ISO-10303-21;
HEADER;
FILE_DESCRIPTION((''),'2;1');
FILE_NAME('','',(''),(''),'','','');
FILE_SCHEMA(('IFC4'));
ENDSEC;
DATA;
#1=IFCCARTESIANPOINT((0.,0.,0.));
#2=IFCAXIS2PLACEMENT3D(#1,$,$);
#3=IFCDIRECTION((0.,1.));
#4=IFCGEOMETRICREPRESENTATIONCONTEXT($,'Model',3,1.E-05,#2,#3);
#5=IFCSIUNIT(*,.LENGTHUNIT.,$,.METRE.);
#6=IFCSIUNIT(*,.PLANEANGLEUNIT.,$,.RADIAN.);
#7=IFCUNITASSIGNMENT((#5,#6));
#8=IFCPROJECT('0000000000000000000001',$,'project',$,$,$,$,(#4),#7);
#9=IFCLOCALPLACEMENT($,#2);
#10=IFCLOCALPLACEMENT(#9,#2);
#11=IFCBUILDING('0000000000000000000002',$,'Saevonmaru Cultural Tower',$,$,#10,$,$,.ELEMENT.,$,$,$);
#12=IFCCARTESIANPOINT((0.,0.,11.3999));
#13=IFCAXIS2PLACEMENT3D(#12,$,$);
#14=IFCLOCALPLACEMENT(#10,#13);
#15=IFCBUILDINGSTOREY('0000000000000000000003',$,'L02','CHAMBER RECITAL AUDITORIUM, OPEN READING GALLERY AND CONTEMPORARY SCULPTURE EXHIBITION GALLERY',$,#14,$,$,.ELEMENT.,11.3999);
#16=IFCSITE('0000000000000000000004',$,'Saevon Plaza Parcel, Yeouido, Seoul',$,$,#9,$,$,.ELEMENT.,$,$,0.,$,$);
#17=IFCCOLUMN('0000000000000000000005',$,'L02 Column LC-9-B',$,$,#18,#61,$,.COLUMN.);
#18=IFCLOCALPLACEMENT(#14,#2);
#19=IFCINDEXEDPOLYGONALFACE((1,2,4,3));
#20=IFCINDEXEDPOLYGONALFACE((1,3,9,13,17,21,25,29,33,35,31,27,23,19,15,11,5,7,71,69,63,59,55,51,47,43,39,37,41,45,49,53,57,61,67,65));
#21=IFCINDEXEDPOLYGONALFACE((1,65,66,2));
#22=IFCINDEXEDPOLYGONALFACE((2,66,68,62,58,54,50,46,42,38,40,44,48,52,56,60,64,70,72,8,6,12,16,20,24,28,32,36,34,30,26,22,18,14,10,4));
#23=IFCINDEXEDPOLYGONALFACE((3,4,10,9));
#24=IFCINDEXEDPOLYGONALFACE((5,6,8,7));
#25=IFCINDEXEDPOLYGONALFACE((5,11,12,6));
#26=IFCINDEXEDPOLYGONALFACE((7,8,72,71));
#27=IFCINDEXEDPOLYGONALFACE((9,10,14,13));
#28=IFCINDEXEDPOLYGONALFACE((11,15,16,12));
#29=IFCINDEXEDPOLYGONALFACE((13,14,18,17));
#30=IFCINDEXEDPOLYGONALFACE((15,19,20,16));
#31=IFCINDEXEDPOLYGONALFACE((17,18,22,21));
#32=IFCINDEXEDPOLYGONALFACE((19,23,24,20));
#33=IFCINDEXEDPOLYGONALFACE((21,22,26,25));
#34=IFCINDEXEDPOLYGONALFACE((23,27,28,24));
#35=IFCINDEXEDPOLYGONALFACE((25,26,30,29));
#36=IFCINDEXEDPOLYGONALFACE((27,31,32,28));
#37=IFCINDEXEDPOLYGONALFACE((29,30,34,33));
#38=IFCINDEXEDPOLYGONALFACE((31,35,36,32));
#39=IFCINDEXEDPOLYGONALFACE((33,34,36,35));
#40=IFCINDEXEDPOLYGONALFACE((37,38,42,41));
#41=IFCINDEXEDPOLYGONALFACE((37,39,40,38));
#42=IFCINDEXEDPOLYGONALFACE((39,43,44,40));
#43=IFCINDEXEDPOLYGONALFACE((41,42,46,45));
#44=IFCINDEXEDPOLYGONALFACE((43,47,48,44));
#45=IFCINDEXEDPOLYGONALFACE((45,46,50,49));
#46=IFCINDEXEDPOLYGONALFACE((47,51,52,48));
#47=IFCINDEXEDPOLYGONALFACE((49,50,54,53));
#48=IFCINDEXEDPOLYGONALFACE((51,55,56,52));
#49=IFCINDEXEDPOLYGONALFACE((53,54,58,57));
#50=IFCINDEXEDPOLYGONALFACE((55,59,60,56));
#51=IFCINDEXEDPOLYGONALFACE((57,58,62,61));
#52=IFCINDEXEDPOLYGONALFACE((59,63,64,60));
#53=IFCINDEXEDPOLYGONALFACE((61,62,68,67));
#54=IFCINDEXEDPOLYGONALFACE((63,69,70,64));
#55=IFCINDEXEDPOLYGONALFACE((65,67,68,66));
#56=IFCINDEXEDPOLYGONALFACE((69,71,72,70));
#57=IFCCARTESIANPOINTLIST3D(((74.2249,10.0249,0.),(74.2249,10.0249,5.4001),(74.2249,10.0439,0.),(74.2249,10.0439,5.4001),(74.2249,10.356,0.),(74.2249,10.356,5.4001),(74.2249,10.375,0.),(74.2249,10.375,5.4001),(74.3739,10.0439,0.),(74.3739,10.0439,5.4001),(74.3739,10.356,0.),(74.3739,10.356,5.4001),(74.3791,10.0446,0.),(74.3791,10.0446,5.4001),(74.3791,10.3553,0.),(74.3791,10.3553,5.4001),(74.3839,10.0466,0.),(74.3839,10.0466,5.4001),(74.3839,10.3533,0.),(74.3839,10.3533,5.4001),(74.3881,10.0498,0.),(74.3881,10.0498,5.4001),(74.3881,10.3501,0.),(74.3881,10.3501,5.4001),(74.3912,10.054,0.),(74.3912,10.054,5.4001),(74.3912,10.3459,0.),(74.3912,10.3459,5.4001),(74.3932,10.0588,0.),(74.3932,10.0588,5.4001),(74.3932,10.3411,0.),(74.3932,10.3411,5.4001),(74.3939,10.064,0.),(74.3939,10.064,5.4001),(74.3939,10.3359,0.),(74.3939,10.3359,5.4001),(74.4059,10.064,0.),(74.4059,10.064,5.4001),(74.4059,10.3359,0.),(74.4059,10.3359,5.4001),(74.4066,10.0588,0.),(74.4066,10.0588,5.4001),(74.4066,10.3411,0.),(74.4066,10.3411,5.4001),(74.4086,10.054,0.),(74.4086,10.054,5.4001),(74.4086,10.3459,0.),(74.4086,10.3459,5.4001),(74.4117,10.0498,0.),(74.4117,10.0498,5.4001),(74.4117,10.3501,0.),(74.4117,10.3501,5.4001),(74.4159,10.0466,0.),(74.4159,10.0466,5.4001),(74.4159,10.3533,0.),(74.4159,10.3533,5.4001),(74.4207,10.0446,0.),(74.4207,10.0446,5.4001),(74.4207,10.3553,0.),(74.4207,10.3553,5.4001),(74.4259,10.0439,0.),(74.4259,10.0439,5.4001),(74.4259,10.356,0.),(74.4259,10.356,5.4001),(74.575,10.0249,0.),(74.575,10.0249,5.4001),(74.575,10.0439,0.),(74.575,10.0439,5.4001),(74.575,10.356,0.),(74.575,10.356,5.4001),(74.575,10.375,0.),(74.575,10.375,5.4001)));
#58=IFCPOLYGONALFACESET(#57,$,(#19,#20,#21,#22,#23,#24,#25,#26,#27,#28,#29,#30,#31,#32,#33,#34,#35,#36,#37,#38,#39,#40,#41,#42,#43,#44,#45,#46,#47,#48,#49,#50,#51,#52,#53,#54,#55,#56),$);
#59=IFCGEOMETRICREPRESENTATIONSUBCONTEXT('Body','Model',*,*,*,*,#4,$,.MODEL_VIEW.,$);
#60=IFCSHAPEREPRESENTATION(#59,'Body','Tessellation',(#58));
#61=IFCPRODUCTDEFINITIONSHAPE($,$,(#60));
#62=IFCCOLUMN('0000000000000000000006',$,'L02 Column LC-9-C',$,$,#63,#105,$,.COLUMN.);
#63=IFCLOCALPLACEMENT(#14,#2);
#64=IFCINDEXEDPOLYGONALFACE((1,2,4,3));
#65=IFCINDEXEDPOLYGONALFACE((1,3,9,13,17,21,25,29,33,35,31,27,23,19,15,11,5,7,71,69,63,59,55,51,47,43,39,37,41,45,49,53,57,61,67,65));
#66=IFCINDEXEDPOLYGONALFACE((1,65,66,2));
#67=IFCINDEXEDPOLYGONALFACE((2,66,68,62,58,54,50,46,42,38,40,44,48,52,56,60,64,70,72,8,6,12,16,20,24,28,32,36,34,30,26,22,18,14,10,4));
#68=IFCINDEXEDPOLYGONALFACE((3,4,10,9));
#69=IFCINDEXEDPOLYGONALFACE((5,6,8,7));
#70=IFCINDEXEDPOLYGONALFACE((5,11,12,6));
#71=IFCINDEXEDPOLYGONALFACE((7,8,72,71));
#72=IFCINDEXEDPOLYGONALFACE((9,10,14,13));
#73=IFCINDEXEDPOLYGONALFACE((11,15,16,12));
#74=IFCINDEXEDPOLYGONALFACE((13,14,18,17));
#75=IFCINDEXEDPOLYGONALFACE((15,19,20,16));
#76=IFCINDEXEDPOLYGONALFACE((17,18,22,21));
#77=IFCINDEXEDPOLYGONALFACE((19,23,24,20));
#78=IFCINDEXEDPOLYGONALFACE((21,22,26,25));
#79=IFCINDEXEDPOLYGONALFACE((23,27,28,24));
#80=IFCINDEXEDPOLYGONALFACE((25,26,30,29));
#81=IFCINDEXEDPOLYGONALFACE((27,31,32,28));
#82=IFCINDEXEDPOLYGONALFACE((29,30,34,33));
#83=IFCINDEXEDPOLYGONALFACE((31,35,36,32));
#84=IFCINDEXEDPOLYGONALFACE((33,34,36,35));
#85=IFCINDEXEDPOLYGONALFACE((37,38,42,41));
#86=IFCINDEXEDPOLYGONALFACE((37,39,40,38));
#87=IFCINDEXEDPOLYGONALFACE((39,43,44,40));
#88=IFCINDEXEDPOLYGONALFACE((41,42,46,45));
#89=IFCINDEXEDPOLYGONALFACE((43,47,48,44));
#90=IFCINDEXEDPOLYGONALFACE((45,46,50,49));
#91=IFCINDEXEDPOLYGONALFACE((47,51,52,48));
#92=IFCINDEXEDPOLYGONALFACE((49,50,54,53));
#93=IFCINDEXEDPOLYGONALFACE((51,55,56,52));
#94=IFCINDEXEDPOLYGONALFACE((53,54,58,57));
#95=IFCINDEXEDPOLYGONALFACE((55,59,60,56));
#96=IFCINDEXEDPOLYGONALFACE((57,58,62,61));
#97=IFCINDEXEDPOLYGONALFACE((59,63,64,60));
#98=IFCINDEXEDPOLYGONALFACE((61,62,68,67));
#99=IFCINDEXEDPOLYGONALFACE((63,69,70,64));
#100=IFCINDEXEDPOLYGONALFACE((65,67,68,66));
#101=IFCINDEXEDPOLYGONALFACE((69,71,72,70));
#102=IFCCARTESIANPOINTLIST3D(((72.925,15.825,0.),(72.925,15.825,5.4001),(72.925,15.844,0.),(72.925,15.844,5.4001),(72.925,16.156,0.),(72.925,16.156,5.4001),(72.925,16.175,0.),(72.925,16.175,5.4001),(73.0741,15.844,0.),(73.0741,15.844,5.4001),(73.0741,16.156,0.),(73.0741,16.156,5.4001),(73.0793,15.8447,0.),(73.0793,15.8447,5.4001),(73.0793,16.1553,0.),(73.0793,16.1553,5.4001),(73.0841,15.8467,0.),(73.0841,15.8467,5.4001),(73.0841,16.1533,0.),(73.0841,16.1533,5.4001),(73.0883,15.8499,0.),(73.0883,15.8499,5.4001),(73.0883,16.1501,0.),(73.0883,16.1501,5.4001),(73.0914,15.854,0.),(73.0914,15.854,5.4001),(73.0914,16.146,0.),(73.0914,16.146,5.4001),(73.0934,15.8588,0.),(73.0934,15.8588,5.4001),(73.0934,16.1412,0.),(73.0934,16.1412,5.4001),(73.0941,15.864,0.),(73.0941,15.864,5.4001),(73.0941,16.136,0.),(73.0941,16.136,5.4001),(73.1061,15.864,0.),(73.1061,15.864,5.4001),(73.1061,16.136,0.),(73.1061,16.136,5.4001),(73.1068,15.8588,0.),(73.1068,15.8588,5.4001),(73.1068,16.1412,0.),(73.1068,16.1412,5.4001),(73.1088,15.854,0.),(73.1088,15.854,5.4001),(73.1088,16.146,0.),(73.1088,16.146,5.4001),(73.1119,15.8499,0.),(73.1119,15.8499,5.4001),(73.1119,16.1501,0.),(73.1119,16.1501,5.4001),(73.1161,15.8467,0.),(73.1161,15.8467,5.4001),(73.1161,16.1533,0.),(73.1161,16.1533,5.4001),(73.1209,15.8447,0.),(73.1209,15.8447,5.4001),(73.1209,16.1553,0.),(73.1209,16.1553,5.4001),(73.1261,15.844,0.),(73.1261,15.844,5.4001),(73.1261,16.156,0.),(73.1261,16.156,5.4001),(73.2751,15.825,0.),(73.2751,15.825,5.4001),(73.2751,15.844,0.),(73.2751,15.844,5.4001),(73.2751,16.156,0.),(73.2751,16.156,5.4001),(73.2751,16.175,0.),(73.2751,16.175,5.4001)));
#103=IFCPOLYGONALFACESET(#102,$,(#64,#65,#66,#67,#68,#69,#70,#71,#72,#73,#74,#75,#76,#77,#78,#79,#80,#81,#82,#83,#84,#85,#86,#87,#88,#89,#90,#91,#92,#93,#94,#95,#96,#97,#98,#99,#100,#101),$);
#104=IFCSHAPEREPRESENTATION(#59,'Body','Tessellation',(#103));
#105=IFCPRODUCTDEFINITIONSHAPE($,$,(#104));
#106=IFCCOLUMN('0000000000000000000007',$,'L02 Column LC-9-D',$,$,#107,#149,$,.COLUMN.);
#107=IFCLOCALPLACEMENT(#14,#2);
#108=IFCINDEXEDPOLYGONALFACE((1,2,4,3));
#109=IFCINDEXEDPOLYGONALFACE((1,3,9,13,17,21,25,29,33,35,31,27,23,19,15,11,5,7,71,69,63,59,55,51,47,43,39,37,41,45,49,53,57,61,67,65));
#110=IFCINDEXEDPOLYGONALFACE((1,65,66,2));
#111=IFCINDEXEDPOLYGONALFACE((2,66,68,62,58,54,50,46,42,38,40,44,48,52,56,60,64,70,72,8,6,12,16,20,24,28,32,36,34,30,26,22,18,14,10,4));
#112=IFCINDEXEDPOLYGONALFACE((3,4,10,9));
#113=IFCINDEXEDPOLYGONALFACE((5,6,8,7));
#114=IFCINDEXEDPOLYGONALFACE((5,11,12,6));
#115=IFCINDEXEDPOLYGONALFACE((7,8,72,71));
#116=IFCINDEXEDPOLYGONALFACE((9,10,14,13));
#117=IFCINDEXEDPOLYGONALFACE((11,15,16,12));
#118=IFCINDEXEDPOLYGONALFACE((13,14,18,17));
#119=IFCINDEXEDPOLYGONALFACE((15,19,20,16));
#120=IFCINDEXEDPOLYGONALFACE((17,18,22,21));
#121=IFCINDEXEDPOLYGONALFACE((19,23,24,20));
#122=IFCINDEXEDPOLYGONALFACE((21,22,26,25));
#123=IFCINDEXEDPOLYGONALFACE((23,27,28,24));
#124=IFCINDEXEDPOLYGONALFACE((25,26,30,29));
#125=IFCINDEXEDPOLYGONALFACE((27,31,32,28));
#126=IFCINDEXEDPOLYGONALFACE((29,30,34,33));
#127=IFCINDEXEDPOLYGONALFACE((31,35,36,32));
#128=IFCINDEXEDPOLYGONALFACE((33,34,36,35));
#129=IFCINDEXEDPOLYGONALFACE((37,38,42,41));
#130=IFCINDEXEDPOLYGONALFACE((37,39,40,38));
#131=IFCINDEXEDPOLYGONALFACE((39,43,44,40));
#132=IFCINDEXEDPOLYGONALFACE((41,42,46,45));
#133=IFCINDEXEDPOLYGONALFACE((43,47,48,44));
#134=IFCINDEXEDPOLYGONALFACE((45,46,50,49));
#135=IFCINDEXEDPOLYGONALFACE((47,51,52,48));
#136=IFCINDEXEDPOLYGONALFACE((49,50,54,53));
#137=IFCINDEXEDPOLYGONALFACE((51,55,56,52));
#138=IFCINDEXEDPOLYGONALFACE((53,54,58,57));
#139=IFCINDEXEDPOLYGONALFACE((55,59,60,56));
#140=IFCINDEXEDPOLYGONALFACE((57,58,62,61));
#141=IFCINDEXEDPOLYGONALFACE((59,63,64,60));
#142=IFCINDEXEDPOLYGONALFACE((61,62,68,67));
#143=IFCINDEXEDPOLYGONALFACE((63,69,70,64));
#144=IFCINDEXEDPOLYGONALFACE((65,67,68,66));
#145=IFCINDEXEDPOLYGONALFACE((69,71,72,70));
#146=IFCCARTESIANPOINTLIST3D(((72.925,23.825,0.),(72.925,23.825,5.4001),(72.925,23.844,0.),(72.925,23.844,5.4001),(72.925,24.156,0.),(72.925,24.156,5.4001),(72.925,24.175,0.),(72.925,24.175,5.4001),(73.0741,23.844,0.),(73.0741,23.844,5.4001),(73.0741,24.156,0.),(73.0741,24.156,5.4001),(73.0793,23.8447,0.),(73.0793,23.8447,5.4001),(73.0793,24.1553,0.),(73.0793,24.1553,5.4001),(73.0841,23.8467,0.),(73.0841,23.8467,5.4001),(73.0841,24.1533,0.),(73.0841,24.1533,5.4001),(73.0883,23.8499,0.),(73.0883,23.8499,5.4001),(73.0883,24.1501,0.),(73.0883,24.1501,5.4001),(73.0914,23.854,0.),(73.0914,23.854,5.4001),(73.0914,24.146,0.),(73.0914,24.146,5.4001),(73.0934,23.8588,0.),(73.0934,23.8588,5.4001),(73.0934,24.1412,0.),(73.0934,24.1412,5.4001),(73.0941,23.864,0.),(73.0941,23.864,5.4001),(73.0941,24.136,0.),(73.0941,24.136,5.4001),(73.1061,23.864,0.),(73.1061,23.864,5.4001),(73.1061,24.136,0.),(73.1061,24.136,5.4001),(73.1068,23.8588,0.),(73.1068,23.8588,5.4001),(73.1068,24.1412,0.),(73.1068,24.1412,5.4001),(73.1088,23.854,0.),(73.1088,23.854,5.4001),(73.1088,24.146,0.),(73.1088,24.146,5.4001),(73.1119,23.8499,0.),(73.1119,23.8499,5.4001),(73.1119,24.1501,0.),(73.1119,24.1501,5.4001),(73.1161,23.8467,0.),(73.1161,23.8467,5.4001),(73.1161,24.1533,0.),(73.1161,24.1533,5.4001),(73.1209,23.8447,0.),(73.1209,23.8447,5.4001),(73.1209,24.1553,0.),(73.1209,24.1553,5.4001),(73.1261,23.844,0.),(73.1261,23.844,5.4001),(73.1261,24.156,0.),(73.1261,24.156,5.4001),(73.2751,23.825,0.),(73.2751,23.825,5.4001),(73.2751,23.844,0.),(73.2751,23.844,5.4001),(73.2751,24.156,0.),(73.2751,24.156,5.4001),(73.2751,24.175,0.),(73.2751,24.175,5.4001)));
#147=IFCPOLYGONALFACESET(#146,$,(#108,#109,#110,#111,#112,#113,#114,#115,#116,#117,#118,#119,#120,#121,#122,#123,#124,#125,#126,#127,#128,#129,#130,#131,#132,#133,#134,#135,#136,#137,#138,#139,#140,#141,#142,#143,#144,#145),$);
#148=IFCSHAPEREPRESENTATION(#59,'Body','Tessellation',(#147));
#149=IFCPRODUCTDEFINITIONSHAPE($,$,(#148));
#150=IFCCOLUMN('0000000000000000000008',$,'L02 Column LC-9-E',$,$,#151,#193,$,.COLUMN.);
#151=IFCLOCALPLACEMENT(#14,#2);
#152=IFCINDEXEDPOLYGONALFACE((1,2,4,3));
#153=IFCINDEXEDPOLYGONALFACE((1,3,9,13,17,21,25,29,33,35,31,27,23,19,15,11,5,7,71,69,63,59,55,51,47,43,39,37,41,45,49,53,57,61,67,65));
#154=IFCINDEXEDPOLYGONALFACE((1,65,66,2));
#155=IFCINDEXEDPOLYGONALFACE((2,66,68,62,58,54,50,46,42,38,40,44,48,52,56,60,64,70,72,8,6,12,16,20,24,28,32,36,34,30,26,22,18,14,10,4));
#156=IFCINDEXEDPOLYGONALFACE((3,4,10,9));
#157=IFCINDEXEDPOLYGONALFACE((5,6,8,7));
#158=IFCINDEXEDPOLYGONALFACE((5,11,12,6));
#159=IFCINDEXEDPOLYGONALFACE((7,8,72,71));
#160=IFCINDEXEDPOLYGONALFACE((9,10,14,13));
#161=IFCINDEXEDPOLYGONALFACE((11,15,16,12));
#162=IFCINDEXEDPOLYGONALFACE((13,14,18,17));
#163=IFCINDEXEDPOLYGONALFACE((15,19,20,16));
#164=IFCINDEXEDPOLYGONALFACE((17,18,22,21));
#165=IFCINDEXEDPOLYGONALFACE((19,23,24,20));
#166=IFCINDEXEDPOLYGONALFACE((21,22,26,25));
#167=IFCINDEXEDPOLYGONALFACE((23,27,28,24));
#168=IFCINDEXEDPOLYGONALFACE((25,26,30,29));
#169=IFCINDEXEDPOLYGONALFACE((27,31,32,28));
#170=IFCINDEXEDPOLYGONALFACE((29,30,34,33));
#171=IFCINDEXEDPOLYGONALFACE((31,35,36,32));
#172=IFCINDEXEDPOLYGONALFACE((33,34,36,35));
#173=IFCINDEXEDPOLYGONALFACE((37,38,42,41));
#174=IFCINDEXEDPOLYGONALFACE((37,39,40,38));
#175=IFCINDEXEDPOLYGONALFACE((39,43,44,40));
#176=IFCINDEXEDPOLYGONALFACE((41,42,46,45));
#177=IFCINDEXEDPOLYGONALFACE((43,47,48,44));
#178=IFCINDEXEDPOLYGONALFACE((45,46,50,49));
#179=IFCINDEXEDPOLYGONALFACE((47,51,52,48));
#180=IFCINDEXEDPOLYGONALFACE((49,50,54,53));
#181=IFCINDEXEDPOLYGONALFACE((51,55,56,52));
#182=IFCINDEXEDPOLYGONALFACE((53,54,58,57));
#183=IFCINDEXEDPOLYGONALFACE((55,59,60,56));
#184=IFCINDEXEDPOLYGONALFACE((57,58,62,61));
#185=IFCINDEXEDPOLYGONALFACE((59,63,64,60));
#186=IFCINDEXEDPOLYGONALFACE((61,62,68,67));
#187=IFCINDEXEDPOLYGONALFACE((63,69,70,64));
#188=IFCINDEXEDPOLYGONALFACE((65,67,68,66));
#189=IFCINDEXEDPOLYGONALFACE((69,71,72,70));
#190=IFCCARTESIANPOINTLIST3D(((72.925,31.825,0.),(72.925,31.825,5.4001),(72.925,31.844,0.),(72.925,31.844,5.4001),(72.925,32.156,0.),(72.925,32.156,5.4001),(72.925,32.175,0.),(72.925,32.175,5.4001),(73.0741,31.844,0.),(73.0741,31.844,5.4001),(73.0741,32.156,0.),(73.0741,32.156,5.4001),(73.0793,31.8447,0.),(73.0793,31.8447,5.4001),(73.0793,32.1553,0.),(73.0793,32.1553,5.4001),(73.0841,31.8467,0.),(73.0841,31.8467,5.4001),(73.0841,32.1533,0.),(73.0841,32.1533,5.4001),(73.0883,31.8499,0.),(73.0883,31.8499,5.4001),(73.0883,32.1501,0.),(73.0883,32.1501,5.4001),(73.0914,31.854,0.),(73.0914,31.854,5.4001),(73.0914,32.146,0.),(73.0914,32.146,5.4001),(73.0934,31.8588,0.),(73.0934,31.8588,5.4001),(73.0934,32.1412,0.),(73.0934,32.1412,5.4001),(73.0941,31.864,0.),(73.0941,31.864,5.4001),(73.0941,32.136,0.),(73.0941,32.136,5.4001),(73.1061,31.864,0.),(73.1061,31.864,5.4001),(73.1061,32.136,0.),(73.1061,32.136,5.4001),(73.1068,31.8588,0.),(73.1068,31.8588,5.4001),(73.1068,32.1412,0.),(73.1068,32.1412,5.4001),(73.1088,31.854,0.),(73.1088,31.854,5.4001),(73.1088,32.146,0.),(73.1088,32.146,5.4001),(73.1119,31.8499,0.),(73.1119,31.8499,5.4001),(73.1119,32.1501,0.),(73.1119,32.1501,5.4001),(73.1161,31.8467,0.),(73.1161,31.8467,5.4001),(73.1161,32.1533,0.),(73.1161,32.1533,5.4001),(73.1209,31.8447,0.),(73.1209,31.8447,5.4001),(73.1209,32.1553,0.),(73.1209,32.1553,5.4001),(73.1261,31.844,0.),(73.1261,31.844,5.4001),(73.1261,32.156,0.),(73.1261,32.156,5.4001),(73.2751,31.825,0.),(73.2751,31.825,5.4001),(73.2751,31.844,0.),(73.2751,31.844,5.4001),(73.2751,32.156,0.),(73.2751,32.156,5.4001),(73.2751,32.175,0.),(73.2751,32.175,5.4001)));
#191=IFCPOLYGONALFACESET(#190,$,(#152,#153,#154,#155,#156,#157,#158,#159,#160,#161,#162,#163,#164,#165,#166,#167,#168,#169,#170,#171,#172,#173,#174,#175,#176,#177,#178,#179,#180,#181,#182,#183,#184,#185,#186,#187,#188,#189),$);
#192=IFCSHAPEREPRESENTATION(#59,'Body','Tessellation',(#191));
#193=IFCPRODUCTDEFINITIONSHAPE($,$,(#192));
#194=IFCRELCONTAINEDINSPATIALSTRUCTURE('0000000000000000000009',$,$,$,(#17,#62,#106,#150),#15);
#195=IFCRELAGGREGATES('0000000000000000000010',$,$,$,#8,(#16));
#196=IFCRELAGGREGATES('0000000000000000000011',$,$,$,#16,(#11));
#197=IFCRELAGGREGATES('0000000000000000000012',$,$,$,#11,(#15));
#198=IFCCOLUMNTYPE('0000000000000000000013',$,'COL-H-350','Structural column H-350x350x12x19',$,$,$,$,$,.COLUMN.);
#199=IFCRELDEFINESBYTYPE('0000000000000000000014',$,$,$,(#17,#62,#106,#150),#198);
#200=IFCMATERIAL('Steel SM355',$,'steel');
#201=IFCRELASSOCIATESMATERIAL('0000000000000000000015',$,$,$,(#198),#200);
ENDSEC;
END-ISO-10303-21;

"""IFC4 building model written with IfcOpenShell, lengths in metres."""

from ifc_helpers import new_model, si_unit, direction, frame, origin, origin_2d, place, context, subcontext, project, spatial, i_section, extrude, material, material_profile, profile_set, type_object, element, save


model = new_model("IFC4")

# Units and contexts
model_context = context("Model", 3, precision=1e-05, world=origin(), true_north=direction((0.0, 1.0)))
body_context = subcontext(model_context, "Body", "Model", "MODEL_VIEW")
ifc_project = project(units=[si_unit("LENGTHUNIT", "METRE"), si_unit("PLANEANGLEUNIT", "RADIAN")], contexts=[model_context])

# Site, building, storey
site_placement = place(None, origin())
site = spatial("IfcSite", under=ifc_project, at=site_placement, Name="Saevon Plaza Parcel, Yeouido, Seoul", CompositionType="ELEMENT", RefElevation=0.0)
building_placement = place(site_placement, origin())
building = spatial("IfcBuilding", under=site, at=building_placement, Name="Saevonmaru Cultural Tower", CompositionType="ELEMENT")
storey_placement = place(building_placement, frame((0.0, 0.0, 11.3999)))
storey = spatial("IfcBuildingStorey", under=building, at=storey_placement, Name="L02", Description="CHAMBER RECITAL AUDITORIUM, OPEN READING GALLERY AND CONTEMPORARY SCULPTURE EXHIBITION GALLERY", CompositionType="ELEMENT", Elevation=11.3999)

# Columns
ifc_material_1 = material(Name="Steel SM355", Category="steel")
ifc_material_profile_1 = material_profile(ifc_material_1, i_section(OverallWidth=0.3501, OverallDepth=0.3501, WebThickness=0.012, FlangeThickness=0.019, FilletRadius=0.02, at=origin_2d()), Name="H-350x350x12x19")
ifc_profile_set_1 = profile_set([ifc_material_profile_1], Name="Steel SM355")
column_type_1 = type_object("IfcColumnType", Name="COL-H-350", Description="Structural column H-350x350x12x19", PredefinedType="COLUMN", material=ifc_profile_set_1)
for number, where, z_axis, x_axis, name in (
    (1, (74.3999, 10.2, 0.0), (0.0, 0.0, 1.0), (1.0, 0.0, 0.0), "L02 Column LC-9-B"),
    (2, (73.1001, 16.0, 0.0), (0.0, 0.0, 1.0), (1.0, 0.0, 0.0), "L02 Column LC-9-C"),
    (3, (73.1001, 24.0, 0.0), (0.0, 0.0, 1.0), (1.0, 0.0, 0.0), "L02 Column LC-9-D"),
    (4, (73.1001, 32.0, 0.0), (0.0, 0.0, 1.0), (1.0, 0.0, 0.0), "L02 Column LC-9-E"),
):
    element("IfcColumn", number, at=place(storey_placement, frame(where, z_axis=z_axis, x_axis=x_axis)), inside=storey, type_object=column_type_1, Name=name, PredefinedType="COLUMN", context=body_context, shape_type="SweptSolid", body=[
        extrude(i_section(OverallWidth=0.3501, OverallDepth=0.3501, WebThickness=0.012, FlangeThickness=0.019, FilletRadius=0.02, at=origin_2d()), origin(), (0.0, 0.0, 1.0), 5.4001),
    ])

save(model, "model.ifc")
